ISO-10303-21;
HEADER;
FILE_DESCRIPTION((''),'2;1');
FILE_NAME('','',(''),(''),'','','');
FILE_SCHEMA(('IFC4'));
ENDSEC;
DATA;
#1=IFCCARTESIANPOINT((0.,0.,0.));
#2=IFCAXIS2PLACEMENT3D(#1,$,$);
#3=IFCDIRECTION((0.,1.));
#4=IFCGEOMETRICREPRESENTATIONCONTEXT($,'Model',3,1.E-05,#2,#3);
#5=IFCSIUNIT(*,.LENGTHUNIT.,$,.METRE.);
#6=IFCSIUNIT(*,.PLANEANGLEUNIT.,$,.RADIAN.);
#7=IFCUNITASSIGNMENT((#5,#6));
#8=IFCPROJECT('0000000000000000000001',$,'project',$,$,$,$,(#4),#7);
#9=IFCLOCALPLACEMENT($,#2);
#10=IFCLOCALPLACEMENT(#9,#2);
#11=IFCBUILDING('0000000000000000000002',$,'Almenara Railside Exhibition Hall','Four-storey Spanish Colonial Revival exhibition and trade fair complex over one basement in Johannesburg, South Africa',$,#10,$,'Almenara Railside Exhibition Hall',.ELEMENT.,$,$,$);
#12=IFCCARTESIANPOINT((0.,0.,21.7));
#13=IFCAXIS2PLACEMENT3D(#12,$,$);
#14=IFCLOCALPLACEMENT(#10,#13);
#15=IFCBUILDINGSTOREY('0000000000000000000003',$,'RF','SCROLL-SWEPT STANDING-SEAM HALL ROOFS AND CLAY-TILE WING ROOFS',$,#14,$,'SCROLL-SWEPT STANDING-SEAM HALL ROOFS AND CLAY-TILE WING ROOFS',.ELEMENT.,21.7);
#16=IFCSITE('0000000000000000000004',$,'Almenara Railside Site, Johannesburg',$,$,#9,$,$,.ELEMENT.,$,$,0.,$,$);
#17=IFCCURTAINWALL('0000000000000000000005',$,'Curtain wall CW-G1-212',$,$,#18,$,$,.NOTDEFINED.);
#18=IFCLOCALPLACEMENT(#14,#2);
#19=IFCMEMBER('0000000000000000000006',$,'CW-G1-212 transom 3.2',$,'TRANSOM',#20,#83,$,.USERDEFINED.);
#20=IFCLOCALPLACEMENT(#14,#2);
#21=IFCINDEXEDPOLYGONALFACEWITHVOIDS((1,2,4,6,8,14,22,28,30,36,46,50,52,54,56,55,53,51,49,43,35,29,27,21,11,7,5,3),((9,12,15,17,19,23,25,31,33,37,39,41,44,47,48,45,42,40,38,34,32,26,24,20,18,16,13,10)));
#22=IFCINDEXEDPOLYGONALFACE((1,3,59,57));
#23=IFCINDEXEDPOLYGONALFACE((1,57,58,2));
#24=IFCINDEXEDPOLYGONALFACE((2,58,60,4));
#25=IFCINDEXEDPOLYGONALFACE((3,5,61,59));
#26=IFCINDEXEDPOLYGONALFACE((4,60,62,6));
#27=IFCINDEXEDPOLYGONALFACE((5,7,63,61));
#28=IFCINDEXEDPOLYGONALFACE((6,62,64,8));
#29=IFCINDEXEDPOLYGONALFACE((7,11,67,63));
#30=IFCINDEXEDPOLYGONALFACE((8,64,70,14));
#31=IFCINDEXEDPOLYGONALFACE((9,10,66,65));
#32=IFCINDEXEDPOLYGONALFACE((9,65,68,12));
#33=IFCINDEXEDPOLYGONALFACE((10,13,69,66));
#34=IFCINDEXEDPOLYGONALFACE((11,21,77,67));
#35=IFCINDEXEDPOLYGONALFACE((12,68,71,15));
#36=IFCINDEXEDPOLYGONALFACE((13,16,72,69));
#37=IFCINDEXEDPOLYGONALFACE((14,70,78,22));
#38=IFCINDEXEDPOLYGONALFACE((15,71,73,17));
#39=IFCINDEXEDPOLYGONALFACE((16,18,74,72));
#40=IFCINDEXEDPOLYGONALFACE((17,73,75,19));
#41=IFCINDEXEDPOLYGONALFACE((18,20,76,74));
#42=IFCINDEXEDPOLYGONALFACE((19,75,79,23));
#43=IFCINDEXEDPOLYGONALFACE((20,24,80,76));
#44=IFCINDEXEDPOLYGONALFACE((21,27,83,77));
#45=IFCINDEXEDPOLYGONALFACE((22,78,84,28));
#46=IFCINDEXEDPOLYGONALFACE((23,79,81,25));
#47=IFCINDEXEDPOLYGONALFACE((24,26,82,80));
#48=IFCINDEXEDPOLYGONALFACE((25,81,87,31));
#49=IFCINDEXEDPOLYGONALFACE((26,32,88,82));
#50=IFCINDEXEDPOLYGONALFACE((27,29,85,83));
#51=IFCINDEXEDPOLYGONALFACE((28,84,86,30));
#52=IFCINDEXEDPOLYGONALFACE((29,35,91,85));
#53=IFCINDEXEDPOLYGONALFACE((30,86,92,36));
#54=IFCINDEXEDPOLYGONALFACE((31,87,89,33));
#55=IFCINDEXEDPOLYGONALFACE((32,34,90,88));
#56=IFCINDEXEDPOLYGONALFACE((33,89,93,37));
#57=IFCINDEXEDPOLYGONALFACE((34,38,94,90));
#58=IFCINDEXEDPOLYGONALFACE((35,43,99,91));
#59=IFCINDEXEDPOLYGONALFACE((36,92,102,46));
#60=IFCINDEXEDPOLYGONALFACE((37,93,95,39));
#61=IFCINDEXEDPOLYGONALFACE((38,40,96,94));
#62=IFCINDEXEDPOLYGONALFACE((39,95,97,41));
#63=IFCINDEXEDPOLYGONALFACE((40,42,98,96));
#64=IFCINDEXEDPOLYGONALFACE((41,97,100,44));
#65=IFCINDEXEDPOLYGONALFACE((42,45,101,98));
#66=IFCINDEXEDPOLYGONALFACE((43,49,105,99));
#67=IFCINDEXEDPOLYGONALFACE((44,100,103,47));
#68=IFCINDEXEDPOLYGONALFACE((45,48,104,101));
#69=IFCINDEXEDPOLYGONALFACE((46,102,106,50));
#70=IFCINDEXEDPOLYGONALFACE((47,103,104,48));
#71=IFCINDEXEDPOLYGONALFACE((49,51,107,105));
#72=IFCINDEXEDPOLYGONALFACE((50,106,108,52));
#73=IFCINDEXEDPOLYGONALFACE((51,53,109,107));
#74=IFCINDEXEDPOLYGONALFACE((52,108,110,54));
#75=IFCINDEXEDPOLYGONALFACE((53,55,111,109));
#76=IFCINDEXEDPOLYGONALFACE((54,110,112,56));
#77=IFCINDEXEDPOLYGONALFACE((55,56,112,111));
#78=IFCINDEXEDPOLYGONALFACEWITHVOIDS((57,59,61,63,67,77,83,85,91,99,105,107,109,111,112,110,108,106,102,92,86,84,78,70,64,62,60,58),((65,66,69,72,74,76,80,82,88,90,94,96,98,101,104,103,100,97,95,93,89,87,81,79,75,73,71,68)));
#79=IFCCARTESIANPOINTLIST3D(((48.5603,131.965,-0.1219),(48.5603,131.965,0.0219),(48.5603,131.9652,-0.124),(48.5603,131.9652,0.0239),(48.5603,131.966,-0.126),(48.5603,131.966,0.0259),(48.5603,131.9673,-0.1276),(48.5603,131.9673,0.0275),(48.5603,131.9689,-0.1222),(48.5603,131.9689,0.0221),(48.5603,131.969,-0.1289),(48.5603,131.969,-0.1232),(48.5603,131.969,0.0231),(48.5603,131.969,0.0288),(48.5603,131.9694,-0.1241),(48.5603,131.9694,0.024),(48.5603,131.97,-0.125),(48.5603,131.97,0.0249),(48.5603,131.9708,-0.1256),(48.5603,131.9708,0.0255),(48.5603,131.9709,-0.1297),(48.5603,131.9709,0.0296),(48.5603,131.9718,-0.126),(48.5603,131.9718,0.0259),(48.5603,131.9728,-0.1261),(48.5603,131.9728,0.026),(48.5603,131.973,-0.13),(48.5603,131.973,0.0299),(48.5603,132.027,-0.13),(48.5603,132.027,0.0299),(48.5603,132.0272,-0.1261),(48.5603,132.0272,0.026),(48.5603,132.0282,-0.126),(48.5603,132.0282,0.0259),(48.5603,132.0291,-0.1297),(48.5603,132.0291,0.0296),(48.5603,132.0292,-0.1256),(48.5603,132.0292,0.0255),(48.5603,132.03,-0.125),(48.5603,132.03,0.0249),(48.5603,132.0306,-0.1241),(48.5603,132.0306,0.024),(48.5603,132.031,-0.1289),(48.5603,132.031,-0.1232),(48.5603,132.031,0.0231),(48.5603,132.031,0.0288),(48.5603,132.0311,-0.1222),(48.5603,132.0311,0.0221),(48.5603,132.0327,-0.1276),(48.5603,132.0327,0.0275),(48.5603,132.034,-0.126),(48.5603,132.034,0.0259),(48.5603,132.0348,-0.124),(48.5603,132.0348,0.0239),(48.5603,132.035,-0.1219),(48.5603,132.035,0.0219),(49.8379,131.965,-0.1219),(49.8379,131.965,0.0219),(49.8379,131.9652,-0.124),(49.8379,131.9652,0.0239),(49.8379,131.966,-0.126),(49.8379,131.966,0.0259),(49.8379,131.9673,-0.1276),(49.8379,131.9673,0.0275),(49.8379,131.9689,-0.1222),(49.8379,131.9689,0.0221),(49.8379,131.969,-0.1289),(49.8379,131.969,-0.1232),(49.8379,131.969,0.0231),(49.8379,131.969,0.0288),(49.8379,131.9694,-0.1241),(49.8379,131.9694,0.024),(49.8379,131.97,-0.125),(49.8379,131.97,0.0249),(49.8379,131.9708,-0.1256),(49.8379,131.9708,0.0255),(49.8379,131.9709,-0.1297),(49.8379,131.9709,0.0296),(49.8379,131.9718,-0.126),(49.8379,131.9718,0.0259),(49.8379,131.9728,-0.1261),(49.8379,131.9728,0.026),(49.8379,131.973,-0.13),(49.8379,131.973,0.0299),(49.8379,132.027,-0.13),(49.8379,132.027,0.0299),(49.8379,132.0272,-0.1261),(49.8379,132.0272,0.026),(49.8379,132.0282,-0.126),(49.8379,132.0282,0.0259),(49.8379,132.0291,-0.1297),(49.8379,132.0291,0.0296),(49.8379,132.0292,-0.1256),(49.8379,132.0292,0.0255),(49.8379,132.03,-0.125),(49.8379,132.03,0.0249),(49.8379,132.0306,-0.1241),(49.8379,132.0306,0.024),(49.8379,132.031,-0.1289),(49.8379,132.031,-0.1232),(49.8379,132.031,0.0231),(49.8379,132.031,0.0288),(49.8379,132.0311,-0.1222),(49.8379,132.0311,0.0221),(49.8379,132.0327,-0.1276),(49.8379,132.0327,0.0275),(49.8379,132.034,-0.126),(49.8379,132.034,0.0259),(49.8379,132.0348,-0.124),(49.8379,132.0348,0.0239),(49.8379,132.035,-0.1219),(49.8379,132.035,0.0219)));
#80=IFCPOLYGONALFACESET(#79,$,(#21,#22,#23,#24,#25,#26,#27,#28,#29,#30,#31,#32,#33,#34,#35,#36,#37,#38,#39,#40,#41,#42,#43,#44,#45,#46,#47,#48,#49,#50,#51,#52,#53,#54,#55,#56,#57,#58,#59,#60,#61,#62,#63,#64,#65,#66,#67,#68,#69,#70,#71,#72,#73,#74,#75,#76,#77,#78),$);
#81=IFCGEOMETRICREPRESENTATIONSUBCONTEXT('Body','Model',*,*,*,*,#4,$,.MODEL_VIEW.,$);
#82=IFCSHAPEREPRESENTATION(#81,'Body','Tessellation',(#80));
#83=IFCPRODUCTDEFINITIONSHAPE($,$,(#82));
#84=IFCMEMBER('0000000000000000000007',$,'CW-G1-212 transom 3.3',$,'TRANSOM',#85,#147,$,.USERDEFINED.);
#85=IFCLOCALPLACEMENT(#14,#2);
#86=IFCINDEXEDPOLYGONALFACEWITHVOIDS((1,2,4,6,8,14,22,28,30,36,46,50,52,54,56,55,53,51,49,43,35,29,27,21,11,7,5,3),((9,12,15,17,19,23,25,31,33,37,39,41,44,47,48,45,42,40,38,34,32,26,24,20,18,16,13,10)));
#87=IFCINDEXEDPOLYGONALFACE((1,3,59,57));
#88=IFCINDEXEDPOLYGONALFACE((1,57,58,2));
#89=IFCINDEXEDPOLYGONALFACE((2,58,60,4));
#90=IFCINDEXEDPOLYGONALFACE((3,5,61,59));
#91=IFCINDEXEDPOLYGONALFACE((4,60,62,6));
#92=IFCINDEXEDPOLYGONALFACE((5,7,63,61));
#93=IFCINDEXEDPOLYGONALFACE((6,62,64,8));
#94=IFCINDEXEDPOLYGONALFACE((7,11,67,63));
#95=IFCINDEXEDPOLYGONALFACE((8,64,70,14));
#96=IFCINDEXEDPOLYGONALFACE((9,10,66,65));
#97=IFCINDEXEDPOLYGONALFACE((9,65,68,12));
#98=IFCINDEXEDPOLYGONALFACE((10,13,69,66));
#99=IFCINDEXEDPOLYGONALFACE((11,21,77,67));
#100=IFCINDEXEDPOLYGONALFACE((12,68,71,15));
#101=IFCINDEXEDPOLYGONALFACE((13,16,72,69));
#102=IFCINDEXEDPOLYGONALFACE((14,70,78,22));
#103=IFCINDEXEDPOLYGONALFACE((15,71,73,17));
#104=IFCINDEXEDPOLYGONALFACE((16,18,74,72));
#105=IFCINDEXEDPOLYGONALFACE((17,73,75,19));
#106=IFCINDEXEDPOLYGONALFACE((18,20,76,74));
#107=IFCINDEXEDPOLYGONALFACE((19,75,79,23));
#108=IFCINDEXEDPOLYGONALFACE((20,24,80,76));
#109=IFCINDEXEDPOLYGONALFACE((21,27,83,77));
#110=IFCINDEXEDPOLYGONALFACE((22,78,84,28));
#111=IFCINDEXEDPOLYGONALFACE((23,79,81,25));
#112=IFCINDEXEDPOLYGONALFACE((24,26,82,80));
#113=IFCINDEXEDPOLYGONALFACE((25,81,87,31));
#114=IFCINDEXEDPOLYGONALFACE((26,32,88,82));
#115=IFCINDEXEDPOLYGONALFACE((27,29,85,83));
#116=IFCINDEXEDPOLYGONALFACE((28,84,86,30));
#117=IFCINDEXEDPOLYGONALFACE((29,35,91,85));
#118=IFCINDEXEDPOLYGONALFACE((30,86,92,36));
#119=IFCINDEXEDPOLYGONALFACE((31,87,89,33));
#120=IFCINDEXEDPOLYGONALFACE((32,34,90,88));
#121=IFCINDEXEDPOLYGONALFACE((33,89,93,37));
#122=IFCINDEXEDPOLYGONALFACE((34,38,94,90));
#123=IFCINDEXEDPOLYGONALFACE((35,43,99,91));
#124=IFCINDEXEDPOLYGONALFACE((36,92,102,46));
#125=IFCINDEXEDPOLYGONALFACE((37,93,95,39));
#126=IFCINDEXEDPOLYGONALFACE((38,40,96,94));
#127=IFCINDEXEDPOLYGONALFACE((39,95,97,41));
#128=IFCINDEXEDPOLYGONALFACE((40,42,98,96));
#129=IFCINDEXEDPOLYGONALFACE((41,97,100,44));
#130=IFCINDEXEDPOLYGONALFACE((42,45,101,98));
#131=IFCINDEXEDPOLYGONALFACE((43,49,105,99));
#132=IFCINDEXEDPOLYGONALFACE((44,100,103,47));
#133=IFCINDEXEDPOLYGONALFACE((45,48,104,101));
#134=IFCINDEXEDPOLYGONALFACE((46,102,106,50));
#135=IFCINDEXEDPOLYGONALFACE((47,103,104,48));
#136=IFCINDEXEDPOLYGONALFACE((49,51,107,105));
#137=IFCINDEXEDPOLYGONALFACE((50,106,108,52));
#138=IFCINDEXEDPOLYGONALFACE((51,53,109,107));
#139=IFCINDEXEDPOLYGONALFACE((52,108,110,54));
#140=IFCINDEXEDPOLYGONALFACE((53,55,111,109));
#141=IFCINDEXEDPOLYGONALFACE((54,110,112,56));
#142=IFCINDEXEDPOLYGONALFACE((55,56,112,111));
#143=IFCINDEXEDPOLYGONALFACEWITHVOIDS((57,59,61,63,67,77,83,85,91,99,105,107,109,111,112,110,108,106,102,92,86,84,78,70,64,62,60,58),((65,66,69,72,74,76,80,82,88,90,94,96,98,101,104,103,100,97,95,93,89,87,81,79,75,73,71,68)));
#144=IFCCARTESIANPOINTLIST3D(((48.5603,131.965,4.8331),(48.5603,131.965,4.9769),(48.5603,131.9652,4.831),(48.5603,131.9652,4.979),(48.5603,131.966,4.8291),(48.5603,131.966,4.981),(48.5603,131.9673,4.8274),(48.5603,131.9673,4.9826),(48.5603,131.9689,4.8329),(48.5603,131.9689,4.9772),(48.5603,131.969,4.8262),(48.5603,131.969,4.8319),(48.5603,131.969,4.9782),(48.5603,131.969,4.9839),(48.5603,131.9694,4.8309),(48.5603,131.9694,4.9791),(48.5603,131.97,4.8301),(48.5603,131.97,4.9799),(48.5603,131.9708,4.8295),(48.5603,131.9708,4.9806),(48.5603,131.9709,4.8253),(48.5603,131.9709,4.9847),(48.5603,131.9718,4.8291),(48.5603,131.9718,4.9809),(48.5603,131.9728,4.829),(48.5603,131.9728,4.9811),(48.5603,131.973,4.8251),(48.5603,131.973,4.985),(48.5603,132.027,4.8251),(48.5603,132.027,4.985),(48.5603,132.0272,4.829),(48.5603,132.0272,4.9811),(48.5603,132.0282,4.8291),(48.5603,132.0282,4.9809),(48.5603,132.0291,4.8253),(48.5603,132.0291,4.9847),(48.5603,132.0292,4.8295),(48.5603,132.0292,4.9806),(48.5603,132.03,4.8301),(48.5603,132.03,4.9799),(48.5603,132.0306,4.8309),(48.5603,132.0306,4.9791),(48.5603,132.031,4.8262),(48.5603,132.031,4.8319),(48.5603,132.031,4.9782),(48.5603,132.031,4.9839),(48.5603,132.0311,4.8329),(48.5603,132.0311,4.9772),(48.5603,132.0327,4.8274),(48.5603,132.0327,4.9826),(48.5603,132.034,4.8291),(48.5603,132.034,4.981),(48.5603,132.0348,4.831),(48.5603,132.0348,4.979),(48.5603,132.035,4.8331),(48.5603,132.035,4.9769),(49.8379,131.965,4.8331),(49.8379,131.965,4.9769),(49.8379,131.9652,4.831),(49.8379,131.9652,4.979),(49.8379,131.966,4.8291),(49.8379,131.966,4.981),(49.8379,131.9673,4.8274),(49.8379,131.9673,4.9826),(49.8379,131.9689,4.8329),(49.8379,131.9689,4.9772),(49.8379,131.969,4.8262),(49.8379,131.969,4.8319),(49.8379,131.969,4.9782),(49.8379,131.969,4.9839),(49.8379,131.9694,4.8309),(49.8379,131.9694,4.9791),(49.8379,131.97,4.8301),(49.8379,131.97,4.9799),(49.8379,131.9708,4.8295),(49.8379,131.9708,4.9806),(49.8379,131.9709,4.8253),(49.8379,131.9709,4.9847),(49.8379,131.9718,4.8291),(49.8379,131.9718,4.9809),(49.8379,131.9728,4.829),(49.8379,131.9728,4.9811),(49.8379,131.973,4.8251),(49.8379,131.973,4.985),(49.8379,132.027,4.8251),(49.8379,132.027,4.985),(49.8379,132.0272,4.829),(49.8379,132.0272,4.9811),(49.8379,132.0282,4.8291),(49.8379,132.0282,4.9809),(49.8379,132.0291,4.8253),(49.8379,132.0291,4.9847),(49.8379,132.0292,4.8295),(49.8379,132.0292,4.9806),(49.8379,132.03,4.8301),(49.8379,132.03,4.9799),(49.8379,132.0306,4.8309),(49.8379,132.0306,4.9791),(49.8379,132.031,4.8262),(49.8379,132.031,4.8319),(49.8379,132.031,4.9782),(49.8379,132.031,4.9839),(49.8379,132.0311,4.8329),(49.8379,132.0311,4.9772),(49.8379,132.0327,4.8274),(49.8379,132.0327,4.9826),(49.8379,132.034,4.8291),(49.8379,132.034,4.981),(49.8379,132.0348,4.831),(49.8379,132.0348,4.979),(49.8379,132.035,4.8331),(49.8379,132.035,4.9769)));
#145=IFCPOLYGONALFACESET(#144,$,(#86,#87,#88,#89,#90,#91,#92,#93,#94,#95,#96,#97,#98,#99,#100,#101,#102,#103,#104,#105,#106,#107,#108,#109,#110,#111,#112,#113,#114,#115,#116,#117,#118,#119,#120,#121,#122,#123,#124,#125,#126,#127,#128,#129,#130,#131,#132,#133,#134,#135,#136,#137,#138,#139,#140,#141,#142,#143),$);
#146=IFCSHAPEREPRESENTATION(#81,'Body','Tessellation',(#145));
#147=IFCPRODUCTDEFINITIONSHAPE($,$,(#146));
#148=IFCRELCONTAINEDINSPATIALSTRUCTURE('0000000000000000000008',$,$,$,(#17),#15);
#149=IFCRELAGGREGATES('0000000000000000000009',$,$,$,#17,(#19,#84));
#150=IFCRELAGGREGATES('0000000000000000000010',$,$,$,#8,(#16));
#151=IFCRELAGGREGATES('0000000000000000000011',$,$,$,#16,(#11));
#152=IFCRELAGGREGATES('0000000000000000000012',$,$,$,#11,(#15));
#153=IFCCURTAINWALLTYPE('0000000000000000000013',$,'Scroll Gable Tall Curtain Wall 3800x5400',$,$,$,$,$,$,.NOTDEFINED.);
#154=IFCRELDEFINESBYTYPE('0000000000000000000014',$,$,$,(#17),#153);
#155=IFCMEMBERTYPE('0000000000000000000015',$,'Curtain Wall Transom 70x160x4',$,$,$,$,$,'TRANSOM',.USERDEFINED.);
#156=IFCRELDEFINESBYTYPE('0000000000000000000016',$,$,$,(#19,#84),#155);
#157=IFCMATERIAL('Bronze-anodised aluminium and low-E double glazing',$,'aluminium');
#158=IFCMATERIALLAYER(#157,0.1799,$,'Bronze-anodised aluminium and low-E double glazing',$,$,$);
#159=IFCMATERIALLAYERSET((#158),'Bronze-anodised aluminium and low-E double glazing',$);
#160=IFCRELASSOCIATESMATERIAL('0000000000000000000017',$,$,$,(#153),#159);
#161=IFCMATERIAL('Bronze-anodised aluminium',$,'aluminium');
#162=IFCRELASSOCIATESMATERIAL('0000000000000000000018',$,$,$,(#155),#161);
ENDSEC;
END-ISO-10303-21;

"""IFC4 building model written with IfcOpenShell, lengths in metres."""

from ifc_helpers import new_model, si_unit, direction, frame, origin, origin_2d, place, context, subcontext, project, spatial, hollow_rectangle, extrude, material, layer, layer_set, material_profile, profile_set, type_object, element, aggregate, save


model = new_model("IFC4")

# Units and contexts
model_context = context("Model", 3, precision=1e-05, world=origin(), true_north=direction((0.0, 1.0)))
body_context = subcontext(model_context, "Body", "Model", "MODEL_VIEW")
ifc_project = project(units=[si_unit("LENGTHUNIT", "METRE"), si_unit("PLANEANGLEUNIT", "RADIAN")], contexts=[model_context])

# Site, building, storey
site_placement = place(None, origin())
site = spatial("IfcSite", under=ifc_project, at=site_placement, Name="Almenara Railside Site, Johannesburg", CompositionType="ELEMENT", RefElevation=0.0)
building_placement = place(site_placement, origin())
building = spatial("IfcBuilding", under=site, at=building_placement, Name="Almenara Railside Exhibition Hall", Description="Four-storey Spanish Colonial Revival exhibition and trade fair complex over one basement in Johannesburg, South Africa", LongName="Almenara Railside Exhibition Hall", CompositionType="ELEMENT")
storey_placement = place(building_placement, frame((0.0, 0.0, 21.7)))
storey = spatial("IfcBuildingStorey", under=building, at=storey_placement, Name="RF", Description="SCROLL-SWEPT STANDING-SEAM HALL ROOFS AND CLAY-TILE WING ROOFS", LongName="SCROLL-SWEPT STANDING-SEAM HALL ROOFS AND CLAY-TILE WING ROOFS", CompositionType="ELEMENT", Elevation=21.7)

# Shared definitions
ifc_material_1 = material(Name="Bronze-anodised aluminium and low-E double glazing", Category="aluminium")
ifc_layer_1 = layer(ifc_material_1, 0.1799, Name="Bronze-anodised aluminium and low-E double glazing")
ifc_layer_set_1 = layer_set([ifc_layer_1], Name="Bronze-anodised aluminium and low-E double glazing")
curtain_wall_type = type_object("IfcCurtainWallType", Name="Scroll Gable Tall Curtain Wall 3800x5400", PredefinedType="NOTDEFINED", material=ifc_layer_set_1)
ifc_material_2 = material(Name="Bronze-anodised aluminium", Category="aluminium")

# Curtain wall
curtain_wall_1_placement = place(storey_placement, origin())
curtain_wall_1 = element("IfcCurtainWall", 1, at=curtain_wall_1_placement, inside=storey, type_object=curtain_wall_type, Name="Curtain wall CW-G1-212", PredefinedType="NOTDEFINED")

# Members
ifc_material_profile_1 = material_profile(ifc_material_2, hollow_rectangle(XDim=0.0701, YDim=0.1599, WallThickness=0.0039, InnerFilletRadius=0.0039, OuterFilletRadius=0.0081, at=origin_2d()), Name="ALU-TRN 70x160x4")
ifc_profile_set_1 = profile_set([ifc_material_profile_1], Name="Bronze-anodised aluminium")
member_type_1 = type_object("IfcMemberType", Name="Curtain Wall Transom 70x160x4", ElementType="TRANSOM", PredefinedType="USERDEFINED", material=ifc_profile_set_1)
member_1_placement = place(storey_placement, frame((48.5603, 132.0, -0.05), z_axis=(1.0, 0.0, 0.0), x_axis=(0.0, 1.0, 0.0)))
member_1 = element("IfcMember", 2, at=member_1_placement, type_object=member_type_1, Name="CW-G1-212 transom 3.2", ObjectType="TRANSOM", PredefinedType="USERDEFINED", context=body_context, shape_type="SweptSolid", body=[
    extrude(hollow_rectangle(XDim=0.0701, YDim=0.1599, WallThickness=0.0039, InnerFilletRadius=0.0039, OuterFilletRadius=0.0081, at=origin_2d()), origin(), (0.0, 0.0, 1.0), 1.2776),
])
member_2_placement = place(storey_placement, frame((48.5603, 132.0, 4.905), z_axis=(1.0, 0.0, 0.0), x_axis=(0.0, 1.0, 0.0)))
member_2 = element("IfcMember", 3, at=member_2_placement, type_object=member_type_1, Name="CW-G1-212 transom 3.3", ObjectType="TRANSOM", PredefinedType="USERDEFINED", context=body_context, shape_type="SweptSolid", body=[
    extrude(hollow_rectangle(XDim=0.0701, YDim=0.1599, WallThickness=0.0039, InnerFilletRadius=0.0039, OuterFilletRadius=0.0081, at=origin_2d()), origin(), (0.0, 0.0, 1.0), 1.2776),
])

aggregate(curtain_wall_1, [member_1, member_2])

save(model, "model.ifc")
